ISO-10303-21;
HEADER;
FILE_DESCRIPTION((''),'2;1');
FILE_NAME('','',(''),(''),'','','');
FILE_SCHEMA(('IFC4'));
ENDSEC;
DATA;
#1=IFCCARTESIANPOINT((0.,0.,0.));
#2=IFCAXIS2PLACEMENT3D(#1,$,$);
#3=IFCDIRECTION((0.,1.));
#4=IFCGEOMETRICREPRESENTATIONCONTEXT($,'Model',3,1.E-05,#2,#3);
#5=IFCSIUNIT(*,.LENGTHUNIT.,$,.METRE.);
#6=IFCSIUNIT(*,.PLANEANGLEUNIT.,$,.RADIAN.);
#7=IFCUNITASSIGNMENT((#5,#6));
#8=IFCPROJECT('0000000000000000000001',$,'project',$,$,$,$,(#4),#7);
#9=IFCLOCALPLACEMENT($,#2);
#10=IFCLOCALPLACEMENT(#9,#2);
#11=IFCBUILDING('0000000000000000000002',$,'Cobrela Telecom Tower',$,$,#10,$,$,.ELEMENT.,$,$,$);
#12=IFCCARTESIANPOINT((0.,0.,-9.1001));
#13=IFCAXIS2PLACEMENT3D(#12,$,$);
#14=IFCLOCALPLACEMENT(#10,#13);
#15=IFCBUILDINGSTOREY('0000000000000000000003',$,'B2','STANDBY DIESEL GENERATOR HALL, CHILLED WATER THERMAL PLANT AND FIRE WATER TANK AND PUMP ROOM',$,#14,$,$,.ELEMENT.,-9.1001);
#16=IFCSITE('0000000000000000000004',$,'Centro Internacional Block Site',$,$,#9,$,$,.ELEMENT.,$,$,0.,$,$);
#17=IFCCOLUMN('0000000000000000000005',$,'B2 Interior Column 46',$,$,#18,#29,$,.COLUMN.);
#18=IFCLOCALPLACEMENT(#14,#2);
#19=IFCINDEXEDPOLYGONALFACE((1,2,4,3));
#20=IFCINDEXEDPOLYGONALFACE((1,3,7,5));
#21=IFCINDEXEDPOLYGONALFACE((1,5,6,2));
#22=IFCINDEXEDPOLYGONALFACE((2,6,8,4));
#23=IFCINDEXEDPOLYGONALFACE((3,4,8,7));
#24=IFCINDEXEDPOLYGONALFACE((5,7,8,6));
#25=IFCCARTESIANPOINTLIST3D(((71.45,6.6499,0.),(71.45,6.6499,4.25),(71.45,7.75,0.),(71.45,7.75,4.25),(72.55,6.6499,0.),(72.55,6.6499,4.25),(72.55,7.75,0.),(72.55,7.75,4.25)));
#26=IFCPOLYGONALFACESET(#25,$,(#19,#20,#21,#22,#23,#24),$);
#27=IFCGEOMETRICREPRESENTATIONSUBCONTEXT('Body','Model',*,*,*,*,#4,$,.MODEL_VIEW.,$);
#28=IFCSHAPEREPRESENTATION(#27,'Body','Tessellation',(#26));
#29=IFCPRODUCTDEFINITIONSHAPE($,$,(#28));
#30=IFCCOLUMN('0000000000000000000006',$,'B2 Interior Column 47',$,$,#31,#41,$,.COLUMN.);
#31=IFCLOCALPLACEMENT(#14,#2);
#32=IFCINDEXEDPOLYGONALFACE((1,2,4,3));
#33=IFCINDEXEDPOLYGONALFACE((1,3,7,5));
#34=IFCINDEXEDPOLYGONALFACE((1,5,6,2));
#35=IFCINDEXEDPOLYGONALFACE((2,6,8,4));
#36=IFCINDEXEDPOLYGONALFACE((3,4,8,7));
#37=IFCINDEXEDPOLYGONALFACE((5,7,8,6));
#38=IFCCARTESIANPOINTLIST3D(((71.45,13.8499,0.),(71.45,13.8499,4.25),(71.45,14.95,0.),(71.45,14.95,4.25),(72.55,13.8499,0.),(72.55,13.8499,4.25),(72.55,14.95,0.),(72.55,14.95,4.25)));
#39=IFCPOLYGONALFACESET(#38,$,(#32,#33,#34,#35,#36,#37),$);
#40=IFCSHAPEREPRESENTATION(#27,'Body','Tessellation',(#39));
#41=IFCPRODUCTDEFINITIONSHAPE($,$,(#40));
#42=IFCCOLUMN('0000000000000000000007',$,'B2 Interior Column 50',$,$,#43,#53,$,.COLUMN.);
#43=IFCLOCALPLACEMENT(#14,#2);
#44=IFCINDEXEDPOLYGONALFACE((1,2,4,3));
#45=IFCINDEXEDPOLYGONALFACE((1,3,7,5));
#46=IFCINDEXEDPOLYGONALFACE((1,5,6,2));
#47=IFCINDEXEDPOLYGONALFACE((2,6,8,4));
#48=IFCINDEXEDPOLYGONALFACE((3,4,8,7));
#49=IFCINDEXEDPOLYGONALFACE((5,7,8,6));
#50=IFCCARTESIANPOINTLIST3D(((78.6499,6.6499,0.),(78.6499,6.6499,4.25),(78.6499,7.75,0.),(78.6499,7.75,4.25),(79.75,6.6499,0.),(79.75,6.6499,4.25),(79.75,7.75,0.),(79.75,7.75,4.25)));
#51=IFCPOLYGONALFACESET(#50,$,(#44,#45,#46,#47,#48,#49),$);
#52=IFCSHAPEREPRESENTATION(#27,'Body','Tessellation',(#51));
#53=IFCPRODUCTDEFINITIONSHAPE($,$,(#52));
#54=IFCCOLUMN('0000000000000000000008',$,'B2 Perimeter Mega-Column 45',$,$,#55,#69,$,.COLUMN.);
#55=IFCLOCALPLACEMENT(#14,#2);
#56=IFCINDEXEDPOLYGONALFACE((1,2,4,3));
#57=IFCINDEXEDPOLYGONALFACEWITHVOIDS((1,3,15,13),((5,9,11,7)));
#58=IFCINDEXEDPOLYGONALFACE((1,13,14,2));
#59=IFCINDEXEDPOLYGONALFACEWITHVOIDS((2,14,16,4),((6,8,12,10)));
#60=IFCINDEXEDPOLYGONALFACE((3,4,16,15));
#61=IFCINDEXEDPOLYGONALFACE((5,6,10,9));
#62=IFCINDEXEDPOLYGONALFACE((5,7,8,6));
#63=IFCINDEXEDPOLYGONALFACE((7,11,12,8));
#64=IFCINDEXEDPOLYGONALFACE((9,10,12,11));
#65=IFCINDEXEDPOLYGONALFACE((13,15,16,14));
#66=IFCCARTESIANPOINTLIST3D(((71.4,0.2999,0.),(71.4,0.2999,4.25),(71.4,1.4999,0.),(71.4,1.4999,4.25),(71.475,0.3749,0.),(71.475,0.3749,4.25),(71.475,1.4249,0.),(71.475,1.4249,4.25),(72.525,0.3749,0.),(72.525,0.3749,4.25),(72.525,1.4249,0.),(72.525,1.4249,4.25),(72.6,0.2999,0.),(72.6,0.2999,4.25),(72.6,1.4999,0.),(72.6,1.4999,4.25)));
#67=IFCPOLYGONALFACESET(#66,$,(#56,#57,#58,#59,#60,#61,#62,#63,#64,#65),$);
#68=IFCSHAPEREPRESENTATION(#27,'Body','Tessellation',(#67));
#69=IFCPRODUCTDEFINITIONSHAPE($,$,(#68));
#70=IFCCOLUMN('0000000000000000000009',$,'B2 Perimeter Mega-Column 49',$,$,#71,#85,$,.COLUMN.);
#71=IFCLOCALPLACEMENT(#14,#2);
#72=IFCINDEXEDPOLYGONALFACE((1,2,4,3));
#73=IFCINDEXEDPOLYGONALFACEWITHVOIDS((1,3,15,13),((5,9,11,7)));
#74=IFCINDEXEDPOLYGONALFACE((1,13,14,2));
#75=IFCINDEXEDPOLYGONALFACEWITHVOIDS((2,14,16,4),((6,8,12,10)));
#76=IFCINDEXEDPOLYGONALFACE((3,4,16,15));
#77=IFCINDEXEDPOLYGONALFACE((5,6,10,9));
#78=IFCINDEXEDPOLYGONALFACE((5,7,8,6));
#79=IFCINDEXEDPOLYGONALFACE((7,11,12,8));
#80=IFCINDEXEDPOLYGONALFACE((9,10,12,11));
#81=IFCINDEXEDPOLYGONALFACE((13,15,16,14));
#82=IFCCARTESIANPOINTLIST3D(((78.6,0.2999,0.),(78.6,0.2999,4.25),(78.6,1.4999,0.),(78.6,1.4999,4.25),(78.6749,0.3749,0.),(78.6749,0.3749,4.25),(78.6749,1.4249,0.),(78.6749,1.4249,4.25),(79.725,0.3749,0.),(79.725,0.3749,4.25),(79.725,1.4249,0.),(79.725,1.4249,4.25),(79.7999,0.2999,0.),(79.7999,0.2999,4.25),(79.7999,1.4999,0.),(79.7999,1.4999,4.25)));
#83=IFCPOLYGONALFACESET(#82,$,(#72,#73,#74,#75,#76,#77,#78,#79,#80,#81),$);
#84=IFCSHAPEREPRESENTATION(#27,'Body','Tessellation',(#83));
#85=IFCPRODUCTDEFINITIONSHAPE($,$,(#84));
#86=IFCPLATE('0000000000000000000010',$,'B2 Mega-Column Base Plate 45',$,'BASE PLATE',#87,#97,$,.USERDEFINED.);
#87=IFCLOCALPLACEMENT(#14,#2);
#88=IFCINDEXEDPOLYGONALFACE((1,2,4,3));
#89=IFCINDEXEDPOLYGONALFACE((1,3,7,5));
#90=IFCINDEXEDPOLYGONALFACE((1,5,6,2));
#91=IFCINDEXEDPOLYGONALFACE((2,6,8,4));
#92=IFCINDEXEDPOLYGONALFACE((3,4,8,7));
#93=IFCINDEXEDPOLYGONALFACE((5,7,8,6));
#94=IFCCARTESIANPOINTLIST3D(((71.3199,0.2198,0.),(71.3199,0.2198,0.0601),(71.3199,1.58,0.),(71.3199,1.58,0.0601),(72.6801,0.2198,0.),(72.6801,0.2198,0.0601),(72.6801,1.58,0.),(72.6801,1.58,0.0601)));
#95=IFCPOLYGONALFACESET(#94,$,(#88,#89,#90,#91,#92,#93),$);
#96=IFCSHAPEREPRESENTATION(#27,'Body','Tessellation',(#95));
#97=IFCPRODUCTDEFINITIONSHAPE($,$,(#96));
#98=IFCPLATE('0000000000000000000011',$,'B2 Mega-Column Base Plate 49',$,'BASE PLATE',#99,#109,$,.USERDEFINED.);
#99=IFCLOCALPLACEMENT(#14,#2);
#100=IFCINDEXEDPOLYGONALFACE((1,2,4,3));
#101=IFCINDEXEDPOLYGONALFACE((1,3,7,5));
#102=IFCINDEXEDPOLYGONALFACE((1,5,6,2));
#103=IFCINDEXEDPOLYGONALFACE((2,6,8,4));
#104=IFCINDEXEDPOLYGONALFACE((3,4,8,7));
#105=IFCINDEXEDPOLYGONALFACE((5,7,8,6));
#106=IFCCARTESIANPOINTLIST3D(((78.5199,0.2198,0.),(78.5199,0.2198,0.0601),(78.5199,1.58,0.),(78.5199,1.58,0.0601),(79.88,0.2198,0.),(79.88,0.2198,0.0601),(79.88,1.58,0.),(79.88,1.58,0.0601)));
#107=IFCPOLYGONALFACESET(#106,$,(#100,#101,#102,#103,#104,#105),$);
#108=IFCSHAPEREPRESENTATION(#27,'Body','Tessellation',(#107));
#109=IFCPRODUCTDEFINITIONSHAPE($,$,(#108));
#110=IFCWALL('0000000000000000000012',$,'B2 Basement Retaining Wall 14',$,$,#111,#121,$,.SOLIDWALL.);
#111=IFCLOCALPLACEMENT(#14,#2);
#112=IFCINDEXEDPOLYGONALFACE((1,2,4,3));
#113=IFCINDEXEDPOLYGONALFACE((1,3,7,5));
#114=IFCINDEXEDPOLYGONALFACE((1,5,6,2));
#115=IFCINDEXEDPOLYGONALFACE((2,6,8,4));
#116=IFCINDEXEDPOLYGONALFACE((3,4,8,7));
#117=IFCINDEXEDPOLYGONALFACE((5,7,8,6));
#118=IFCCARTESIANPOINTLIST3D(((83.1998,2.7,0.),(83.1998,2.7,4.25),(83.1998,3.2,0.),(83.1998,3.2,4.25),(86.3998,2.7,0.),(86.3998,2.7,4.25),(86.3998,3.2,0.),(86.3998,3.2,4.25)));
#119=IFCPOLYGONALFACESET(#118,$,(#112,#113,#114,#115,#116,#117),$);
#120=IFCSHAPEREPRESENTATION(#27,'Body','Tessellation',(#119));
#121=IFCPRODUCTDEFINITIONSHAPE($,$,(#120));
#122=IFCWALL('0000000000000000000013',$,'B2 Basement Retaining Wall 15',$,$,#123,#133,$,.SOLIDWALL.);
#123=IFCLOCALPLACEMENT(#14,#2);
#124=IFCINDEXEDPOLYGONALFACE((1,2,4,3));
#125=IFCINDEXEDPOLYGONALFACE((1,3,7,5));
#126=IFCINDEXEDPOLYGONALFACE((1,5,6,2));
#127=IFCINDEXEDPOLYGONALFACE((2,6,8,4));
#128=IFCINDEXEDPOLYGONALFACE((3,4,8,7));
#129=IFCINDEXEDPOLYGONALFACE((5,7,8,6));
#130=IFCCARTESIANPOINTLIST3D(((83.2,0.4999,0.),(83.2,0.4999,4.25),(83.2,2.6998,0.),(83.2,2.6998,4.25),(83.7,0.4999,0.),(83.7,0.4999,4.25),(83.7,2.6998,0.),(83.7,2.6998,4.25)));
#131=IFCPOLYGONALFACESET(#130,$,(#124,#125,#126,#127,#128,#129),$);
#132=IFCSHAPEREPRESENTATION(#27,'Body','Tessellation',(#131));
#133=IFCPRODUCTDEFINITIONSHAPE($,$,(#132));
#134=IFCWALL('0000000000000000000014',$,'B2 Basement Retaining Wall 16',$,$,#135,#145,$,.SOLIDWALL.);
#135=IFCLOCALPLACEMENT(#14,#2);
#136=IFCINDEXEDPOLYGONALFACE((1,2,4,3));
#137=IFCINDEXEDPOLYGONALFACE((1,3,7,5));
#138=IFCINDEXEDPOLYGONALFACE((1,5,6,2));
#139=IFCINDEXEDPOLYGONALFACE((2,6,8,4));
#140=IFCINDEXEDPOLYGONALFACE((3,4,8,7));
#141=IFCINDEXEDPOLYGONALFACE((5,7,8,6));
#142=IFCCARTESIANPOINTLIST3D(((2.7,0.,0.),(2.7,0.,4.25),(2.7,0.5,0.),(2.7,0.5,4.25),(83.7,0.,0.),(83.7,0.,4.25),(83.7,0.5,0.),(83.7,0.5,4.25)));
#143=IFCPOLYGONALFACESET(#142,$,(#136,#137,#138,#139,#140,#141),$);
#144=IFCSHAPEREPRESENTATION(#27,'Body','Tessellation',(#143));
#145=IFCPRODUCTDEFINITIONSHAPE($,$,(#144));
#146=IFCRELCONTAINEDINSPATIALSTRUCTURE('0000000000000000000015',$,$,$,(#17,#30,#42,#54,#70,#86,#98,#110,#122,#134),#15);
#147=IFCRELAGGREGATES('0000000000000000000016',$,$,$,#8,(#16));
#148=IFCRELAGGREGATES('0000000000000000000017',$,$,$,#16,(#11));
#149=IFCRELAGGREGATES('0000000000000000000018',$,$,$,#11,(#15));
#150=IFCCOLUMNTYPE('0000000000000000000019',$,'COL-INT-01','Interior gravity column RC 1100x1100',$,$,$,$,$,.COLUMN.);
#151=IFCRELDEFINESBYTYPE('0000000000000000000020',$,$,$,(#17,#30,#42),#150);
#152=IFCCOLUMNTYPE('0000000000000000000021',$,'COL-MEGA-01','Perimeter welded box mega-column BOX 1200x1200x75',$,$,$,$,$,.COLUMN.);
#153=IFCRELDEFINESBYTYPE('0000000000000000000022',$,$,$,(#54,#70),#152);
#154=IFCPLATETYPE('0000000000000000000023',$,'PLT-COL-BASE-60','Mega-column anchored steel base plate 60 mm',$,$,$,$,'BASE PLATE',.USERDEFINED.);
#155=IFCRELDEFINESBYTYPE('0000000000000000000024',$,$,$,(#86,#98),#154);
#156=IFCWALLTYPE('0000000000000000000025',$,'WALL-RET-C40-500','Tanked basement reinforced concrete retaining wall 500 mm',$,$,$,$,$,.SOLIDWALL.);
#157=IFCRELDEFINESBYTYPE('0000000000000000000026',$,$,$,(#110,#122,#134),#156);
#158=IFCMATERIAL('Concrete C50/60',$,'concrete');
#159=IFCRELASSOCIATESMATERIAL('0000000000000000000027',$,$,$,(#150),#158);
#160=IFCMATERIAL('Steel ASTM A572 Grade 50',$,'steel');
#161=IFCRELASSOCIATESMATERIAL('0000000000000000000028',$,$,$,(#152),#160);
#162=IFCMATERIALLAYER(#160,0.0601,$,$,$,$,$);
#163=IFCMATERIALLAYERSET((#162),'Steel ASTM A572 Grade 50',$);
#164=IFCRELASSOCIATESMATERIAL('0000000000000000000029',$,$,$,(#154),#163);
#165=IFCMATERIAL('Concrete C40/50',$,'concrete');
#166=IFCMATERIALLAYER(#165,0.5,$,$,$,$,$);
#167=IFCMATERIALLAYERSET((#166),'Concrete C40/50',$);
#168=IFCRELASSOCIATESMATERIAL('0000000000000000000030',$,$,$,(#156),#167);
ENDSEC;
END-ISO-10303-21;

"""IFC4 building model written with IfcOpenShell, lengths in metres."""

from ifc_helpers import new_model, si_unit, direction, frame, frame_2d, origin, origin_2d, place, context, subcontext, project, spatial, rectangle, hollow_rectangle, extrude, material, layer, layer_set, material_profile, profile_set, type_object, element, save


model = new_model("IFC4")

# Units and contexts
model_context = context("Model", 3, precision=1e-05, world=origin(), true_north=direction((0.0, 1.0)))
body_context = subcontext(model_context, "Body", "Model", "MODEL_VIEW")
ifc_project = project(units=[si_unit("LENGTHUNIT", "METRE"), si_unit("PLANEANGLEUNIT", "RADIAN")], contexts=[model_context])

# Site, building, storey
site_placement = place(None, origin())
site = spatial("IfcSite", under=ifc_project, at=site_placement, Name="Centro Internacional Block Site", CompositionType="ELEMENT", RefElevation=0.0)
building_placement = place(site_placement, origin())
building = spatial("IfcBuilding", under=site, at=building_placement, Name="Cobrela Telecom Tower", CompositionType="ELEMENT")
storey_placement = place(building_placement, frame((0.0, 0.0, -9.1001)))
storey = spatial("IfcBuildingStorey", under=building, at=storey_placement, Name="B2", Description="STANDBY DIESEL GENERATOR HALL, CHILLED WATER THERMAL PLANT AND FIRE WATER TANK AND PUMP ROOM", CompositionType="ELEMENT", Elevation=-9.1001)

# Shared definitions
ifc_material_1 = material(Name="Concrete C40/50", Category="concrete")

# Columns
ifc_material_2 = material(Name="Concrete C50/60", Category="concrete")
ifc_material_profile_1 = material_profile(ifc_material_2, rectangle(XDim=1.1001, YDim=1.1001, at=origin_2d()), Name="RC 1100x1100")
ifc_profile_set_1 = profile_set([ifc_material_profile_1], Name="Concrete C50/60")
column_type_1 = type_object("IfcColumnType", Name="COL-INT-01", Description="Interior gravity column RC 1100x1100", PredefinedType="COLUMN", material=ifc_profile_set_1)
for number, where, z_axis, x_axis, name in (
    (1, (72.0, 7.2, 0.0), (0.0, 0.0, 1.0), (1.0, 0.0, 0.0), "B2 Interior Column 46"),
    (2, (72.0, 14.3999, 0.0), (0.0, 0.0, 1.0), (1.0, 0.0, 0.0), "B2 Interior Column 47"),
    (3, (79.2, 7.2, 0.0), (0.0, 0.0, 1.0), (1.0, 0.0, 0.0), "B2 Interior Column 50"),
):
    element("IfcColumn", number, at=place(storey_placement, frame(where, z_axis=z_axis, x_axis=x_axis)), inside=storey, type_object=column_type_1, Name=name, PredefinedType="COLUMN", context=body_context, shape_type="SweptSolid", body=[
        extrude(rectangle(XDim=1.1001, YDim=1.1001, at=origin_2d()), origin(), (0.0, 0.0, 1.0), 4.25),
    ])
ifc_material_3 = material(Name="Steel ASTM A572 Grade 50", Category="steel")
ifc_material_profile_2 = material_profile(ifc_material_3, hollow_rectangle(XDim=1.2, YDim=1.2, WallThickness=0.075, at=origin_2d()), Name="BOX 1200x1200x75")
ifc_profile_set_2 = profile_set([ifc_material_profile_2], Name="Steel ASTM A572 Grade 50")
column_type_2 = type_object("IfcColumnType", Name="COL-MEGA-01", Description="Perimeter welded box mega-column BOX 1200x1200x75", PredefinedType="COLUMN", material=ifc_profile_set_2)
for number, where, z_axis, x_axis, name in (
    (4, (72.0, 0.8999, 0.0), (0.0, 0.0, 1.0), (1.0, 0.0, 0.0), "B2 Perimeter Mega-Column 45"),
    (5, (79.2, 0.8999, 0.0), (0.0, 0.0, 1.0), (1.0, 0.0, 0.0), "B2 Perimeter Mega-Column 49"),
):
    element("IfcColumn", number, at=place(storey_placement, frame(where, z_axis=z_axis, x_axis=x_axis)), inside=storey, type_object=column_type_2, Name=name, PredefinedType="COLUMN", context=body_context, shape_type="SweptSolid", body=[
        extrude(hollow_rectangle(XDim=1.2, YDim=1.2, WallThickness=0.075, at=origin_2d()), origin(), (0.0, 0.0, 1.0), 4.25),
    ])

# Plates
ifc_layer_1 = layer(ifc_material_3, 0.0601)
ifc_layer_set_1 = layer_set([ifc_layer_1], Name="Steel ASTM A572 Grade 50")
plate_type = type_object("IfcPlateType", Name="PLT-COL-BASE-60", Description="Mega-column anchored steel base plate 60 mm", ElementType="BASE PLATE", PredefinedType="USERDEFINED", material=ifc_layer_set_1)
for number, where, z_axis, x_axis, name in (
    (6, (72.0, 0.8999, 0.0), (0.0, 0.0, 1.0), (1.0, 0.0, 0.0), "B2 Mega-Column Base Plate 45"),
    (7, (79.2, 0.8999, 0.0), (0.0, 0.0, 1.0), (1.0, 0.0, 0.0), "B2 Mega-Column Base Plate 49"),
):
    element("IfcPlate", number, at=place(storey_placement, frame(where, z_axis=z_axis, x_axis=x_axis)), inside=storey, type_object=plate_type, Name=name, ObjectType="BASE PLATE", PredefinedType="USERDEFINED", context=body_context, shape_type="SweptSolid", body=[
        extrude(rectangle(XDim=1.3601, YDim=1.3601, at=origin_2d()), origin(), (0.0, 0.0, 1.0), 0.0601),
    ])

# Walls
ifc_layer_2 = layer(ifc_material_1, 0.5)
ifc_layer_set_2 = layer_set([ifc_layer_2], Name="Concrete C40/50")
wall_type = type_object("IfcWallType", Name="WALL-RET-C40-500", Description="Tanked basement reinforced concrete retaining wall 500 mm", PredefinedType="SOLIDWALL", material=ifc_layer_set_2)
wall_1_placement = place(storey_placement, frame((86.3999, 2.95, 0.0), z_axis=(0.0, 0.0, 1.0), x_axis=(-1.0, 0.0, 0.0)))
element("IfcWall", 8, at=wall_1_placement, inside=storey, type_object=wall_type, Name="B2 Basement Retaining Wall 14", PredefinedType="SOLIDWALL", context=body_context, shape_type="SweptSolid", body=[
    extrude(rectangle(XDim=3.2, YDim=0.5, at=frame_2d((1.6001, 0.0))), origin(), (0.0, 0.0, 1.0), 4.25),
])
wall_2_placement = place(storey_placement, frame((83.45, 2.7, 0.0), z_axis=(0.0, 0.0, 1.0), x_axis=(0.0, -1.0, 0.0)))
element("IfcWall", 9, at=wall_2_placement, inside=storey, type_object=wall_type, Name="B2 Basement Retaining Wall 15", PredefinedType="SOLIDWALL", context=body_context, shape_type="SweptSolid", body=[
    extrude(rectangle(XDim=2.2, YDim=0.5, at=frame_2d((1.1001, 0.0))), origin(), (0.0, 0.0, 1.0), 4.25),
])
wall_3_placement = place(storey_placement, frame((83.7, 0.25, 0.0), z_axis=(0.0, 0.0, 1.0), x_axis=(-1.0, 0.0, 0.0)))
element("IfcWall", 10, at=wall_3_placement, inside=storey, type_object=wall_type, Name="B2 Basement Retaining Wall 16", PredefinedType="SOLIDWALL", context=body_context, shape_type="SweptSolid", body=[
    extrude(rectangle(XDim=81.0, YDim=0.5, at=frame_2d((40.5, 0.0))), origin(), (0.0, 0.0, 1.0), 4.25),
])

save(model, "model.ifc")
